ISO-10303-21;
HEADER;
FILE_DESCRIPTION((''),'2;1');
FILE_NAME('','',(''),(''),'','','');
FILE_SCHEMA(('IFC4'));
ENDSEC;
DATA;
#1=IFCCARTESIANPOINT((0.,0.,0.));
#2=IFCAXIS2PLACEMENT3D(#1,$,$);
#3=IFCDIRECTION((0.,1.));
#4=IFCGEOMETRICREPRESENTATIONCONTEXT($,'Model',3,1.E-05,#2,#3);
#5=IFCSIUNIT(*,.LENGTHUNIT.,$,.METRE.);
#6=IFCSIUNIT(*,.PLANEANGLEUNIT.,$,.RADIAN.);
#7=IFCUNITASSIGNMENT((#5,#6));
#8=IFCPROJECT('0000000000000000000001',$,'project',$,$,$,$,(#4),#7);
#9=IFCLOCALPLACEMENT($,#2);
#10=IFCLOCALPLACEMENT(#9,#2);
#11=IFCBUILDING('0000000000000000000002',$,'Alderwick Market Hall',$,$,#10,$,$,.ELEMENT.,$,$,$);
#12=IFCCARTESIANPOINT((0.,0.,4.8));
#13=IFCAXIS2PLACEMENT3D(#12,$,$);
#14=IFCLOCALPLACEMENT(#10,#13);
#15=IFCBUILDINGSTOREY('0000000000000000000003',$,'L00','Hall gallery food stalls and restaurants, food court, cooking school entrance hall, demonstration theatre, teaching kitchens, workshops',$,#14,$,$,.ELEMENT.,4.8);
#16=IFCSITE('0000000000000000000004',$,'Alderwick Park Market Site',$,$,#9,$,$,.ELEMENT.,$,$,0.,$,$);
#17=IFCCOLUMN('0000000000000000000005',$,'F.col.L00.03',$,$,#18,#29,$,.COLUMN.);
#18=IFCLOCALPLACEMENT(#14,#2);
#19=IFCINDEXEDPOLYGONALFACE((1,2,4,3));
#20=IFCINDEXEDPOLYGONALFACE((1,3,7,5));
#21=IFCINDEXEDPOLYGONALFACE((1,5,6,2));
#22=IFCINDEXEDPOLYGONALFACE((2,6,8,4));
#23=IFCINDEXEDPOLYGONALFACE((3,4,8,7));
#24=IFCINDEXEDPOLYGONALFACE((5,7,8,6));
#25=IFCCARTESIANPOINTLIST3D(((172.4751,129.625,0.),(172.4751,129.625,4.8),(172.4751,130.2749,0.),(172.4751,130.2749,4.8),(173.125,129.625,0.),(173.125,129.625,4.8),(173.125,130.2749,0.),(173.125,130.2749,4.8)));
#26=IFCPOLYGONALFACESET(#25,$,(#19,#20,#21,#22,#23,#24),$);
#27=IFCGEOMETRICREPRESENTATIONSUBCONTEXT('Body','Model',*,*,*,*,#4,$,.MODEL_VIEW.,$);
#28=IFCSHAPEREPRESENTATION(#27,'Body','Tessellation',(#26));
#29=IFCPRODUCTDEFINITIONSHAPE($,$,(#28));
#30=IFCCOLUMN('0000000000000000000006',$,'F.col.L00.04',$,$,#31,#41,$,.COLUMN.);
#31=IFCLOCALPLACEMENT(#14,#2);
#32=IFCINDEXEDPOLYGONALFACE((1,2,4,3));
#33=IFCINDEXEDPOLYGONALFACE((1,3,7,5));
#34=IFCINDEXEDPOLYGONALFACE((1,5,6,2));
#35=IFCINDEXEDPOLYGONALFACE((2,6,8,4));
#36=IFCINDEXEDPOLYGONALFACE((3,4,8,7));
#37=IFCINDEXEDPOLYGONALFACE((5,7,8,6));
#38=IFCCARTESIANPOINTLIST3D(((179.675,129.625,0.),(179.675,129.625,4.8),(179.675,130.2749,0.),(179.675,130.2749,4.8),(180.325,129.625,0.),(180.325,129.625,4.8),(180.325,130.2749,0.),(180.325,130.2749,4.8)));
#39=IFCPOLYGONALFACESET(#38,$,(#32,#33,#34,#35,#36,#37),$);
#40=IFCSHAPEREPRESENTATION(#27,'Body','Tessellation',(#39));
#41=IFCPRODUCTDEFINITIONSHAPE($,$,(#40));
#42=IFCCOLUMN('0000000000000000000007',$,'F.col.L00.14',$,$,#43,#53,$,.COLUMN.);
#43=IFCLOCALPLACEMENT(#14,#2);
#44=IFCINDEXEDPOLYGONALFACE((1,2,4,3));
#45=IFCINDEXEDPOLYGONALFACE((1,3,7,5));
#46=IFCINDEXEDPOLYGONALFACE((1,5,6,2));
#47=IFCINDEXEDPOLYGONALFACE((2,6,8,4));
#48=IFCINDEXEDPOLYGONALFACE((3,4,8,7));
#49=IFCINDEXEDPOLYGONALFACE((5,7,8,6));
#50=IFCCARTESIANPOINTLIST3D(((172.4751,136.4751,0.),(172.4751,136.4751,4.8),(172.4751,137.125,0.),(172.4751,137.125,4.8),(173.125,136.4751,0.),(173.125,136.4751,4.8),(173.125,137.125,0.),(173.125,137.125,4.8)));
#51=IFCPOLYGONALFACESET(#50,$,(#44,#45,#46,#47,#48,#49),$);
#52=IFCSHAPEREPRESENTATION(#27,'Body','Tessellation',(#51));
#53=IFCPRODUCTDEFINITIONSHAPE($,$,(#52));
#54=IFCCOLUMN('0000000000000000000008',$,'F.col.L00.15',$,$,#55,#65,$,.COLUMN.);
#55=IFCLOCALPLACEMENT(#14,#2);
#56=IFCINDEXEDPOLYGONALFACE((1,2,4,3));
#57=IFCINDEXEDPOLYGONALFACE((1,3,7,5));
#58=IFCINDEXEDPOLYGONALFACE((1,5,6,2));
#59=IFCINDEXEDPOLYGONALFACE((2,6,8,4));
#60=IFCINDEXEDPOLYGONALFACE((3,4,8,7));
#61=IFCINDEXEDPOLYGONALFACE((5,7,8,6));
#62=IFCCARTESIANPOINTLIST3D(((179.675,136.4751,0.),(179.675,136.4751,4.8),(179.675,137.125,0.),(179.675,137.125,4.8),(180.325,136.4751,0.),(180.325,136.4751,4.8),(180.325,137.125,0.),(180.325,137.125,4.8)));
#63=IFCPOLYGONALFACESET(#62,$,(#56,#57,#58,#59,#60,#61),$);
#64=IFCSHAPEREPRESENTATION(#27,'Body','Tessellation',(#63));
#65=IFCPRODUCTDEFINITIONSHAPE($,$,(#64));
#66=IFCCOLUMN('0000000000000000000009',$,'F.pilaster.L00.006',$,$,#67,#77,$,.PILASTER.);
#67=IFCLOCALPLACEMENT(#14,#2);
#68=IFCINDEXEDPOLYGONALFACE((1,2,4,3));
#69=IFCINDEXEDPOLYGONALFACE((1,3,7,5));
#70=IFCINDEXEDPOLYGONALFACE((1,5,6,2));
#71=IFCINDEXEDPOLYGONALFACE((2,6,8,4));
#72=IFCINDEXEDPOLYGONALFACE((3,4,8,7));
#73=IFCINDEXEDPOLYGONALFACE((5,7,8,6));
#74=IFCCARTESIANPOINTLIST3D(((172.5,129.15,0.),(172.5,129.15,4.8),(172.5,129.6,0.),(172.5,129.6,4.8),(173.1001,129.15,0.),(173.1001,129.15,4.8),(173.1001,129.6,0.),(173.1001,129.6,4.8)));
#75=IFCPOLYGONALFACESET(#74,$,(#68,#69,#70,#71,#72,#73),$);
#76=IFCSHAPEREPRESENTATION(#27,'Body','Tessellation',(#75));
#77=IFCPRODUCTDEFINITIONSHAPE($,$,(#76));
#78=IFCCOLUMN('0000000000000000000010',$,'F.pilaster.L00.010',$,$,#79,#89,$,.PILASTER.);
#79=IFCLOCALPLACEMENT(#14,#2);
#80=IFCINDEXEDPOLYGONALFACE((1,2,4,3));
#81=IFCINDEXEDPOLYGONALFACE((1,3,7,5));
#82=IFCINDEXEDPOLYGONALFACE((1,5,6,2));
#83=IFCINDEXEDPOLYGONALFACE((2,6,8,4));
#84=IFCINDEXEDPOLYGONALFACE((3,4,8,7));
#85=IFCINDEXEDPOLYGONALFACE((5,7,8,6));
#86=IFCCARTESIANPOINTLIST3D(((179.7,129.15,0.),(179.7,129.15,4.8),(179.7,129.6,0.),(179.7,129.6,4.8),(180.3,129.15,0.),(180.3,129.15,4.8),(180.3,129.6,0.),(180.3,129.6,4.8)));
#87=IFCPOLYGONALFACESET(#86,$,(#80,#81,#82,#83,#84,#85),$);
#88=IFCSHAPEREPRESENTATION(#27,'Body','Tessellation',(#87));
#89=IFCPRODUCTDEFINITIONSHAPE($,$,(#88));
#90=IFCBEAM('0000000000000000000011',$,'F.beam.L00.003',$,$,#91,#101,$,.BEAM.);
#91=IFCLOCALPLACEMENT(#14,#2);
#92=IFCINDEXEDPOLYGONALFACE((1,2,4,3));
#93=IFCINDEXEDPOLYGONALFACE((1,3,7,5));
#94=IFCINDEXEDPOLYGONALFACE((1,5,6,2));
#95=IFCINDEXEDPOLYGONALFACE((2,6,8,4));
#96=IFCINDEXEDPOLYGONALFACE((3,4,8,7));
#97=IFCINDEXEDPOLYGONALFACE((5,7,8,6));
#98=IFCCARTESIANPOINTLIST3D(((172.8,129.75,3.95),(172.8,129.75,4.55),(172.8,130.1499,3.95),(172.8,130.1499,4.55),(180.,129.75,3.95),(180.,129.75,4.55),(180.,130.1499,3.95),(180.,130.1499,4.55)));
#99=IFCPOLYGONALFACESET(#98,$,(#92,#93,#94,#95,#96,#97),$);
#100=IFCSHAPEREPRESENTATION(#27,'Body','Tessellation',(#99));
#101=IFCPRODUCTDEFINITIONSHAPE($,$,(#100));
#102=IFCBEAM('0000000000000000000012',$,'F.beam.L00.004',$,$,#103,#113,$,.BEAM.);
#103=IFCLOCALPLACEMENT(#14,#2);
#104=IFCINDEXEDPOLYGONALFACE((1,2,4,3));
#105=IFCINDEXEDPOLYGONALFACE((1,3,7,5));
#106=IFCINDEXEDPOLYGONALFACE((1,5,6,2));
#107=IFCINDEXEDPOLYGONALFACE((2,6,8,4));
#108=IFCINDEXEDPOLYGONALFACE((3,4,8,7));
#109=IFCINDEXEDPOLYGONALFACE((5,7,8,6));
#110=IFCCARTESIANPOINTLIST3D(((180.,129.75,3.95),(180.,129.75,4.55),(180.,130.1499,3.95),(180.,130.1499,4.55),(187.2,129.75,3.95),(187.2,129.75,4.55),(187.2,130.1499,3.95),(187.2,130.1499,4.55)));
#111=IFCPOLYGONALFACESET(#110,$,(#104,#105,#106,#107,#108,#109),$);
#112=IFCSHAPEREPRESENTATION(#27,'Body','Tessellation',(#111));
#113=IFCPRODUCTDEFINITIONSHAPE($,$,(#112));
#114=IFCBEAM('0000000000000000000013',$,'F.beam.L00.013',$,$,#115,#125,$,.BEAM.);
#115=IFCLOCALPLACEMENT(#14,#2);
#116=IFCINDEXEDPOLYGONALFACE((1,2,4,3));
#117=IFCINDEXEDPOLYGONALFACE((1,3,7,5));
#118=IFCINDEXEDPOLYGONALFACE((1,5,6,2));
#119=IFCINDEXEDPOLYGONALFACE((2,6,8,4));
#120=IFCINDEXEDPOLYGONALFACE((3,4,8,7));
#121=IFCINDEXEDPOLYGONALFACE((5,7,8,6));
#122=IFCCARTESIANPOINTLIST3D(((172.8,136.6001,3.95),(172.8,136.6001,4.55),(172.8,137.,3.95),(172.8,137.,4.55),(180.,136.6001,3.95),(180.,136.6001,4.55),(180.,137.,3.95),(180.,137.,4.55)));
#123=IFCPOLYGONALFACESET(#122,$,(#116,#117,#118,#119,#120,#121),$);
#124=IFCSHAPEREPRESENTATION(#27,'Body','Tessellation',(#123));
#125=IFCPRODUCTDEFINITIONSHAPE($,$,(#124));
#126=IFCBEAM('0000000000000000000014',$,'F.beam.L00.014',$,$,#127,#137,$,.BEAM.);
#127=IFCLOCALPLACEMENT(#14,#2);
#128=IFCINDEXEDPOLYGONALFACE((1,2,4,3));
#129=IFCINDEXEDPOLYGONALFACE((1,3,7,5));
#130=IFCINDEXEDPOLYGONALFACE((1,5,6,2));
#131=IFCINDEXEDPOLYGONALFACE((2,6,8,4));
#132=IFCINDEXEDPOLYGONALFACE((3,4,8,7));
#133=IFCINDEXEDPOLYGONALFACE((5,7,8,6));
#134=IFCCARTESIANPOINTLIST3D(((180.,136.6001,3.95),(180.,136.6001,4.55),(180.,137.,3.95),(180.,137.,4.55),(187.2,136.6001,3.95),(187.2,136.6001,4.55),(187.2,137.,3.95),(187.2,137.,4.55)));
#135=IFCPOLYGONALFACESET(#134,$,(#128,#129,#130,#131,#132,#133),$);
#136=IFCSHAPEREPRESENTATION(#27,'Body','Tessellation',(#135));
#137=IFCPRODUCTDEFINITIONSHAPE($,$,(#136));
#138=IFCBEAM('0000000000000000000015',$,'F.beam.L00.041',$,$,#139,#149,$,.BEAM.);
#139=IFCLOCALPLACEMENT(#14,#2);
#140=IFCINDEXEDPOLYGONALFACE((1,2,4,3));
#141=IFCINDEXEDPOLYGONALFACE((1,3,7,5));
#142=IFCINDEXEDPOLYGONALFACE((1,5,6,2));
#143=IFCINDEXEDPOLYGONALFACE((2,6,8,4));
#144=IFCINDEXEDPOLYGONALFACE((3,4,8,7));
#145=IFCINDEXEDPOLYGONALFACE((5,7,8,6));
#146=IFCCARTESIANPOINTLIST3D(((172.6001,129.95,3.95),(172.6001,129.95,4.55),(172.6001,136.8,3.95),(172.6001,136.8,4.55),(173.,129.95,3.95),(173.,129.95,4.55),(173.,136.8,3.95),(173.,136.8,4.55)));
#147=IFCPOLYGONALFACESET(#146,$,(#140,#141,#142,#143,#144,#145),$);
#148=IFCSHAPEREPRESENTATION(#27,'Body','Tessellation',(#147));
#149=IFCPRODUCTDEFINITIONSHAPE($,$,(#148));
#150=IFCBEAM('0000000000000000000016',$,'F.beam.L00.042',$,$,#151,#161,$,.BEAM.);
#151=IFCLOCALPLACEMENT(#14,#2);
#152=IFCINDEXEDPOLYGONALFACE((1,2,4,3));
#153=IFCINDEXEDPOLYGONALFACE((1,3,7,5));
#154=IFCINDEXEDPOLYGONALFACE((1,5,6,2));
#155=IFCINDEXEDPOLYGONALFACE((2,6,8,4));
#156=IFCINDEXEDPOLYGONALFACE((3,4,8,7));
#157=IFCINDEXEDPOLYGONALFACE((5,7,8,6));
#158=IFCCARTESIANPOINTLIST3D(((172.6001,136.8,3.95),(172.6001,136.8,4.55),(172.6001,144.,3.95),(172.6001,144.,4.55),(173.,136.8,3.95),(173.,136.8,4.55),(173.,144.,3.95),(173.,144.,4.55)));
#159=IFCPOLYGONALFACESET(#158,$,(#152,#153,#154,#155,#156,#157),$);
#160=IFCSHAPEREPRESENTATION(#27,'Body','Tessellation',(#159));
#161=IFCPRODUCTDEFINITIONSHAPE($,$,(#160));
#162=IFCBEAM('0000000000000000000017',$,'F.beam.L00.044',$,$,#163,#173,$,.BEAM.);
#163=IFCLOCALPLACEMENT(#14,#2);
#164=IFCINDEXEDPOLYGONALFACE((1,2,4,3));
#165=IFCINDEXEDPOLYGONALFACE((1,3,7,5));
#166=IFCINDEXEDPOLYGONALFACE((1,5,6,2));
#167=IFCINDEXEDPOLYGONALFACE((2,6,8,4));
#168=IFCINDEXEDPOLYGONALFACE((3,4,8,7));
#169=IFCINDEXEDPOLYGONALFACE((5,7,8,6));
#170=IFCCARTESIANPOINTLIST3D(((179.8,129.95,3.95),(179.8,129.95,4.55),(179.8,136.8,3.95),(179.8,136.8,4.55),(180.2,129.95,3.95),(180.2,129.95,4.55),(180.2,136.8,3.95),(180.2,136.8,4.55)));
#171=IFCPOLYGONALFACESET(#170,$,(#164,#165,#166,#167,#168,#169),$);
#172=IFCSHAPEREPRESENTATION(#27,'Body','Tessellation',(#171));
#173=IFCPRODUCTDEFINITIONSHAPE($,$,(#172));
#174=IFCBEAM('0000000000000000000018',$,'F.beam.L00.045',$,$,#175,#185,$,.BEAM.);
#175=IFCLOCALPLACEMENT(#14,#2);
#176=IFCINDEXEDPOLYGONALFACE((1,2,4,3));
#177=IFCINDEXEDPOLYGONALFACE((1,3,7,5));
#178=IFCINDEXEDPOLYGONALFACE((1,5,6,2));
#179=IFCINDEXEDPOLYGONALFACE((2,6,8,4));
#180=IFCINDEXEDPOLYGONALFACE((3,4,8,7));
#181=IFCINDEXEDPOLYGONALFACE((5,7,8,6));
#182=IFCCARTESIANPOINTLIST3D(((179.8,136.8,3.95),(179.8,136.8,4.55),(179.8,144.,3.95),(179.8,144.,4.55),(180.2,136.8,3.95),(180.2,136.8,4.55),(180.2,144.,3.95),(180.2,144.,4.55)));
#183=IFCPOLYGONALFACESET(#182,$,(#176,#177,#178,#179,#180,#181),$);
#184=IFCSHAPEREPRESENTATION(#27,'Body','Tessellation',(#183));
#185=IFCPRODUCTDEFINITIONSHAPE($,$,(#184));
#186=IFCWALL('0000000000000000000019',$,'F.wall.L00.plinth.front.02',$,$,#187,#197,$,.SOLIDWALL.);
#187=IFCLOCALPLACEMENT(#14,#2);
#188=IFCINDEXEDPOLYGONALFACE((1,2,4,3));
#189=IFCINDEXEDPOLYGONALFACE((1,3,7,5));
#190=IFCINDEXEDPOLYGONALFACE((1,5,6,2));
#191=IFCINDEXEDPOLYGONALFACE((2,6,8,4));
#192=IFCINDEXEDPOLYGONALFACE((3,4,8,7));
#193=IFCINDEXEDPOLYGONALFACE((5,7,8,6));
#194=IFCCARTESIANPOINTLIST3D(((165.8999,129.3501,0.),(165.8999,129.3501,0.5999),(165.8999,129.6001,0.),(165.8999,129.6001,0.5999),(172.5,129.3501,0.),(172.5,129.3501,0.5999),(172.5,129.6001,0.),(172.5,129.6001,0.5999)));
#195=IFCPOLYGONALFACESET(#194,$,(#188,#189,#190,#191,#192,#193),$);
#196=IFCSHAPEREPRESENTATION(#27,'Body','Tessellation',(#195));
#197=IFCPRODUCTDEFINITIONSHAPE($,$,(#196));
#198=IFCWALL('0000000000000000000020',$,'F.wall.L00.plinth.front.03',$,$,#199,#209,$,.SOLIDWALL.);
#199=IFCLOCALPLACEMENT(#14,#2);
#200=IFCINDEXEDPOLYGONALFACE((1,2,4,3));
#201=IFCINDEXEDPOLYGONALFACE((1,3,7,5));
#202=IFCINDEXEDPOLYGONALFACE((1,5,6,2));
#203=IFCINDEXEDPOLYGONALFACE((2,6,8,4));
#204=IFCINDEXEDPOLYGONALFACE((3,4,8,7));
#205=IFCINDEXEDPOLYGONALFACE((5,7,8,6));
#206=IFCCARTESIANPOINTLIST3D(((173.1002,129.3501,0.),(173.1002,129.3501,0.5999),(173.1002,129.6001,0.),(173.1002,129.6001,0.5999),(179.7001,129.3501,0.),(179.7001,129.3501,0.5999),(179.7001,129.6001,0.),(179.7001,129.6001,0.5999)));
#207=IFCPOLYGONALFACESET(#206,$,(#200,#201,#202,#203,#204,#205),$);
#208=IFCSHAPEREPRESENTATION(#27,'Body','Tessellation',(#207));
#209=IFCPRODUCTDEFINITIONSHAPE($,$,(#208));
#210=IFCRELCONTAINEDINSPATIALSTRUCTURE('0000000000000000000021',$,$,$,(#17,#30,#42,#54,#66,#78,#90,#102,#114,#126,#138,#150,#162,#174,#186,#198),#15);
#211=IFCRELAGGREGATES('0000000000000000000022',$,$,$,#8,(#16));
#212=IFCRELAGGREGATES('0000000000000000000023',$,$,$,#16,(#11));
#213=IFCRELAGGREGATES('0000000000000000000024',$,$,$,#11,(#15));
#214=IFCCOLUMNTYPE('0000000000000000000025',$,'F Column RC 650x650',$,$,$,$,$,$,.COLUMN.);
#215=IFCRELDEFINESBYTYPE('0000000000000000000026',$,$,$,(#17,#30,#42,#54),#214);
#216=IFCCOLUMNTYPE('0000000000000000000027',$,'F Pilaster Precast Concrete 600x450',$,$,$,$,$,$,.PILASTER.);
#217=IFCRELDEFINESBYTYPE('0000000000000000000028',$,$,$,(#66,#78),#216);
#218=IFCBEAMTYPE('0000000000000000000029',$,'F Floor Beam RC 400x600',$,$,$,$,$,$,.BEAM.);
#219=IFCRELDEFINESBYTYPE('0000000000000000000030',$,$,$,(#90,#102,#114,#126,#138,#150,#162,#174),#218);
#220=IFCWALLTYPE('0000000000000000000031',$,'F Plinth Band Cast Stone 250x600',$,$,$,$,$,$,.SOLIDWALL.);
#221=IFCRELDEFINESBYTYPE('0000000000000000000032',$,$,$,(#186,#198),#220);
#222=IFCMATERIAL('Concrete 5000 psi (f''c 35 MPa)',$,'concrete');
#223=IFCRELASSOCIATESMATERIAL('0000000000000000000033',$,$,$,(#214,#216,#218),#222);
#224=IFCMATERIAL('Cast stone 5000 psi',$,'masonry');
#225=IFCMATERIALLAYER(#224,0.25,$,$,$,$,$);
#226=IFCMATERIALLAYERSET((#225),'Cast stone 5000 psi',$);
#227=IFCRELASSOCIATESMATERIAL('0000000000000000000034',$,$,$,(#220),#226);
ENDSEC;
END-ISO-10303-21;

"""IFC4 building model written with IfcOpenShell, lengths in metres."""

from ifc_helpers import new_model, si_unit, direction, frame, frame_2d, origin, origin_2d, place, context, subcontext, project, spatial, rectangle, extrude, material, layer, layer_set, material_profile, profile_set, type_object, element, save


model = new_model("IFC4")

# Units and contexts
model_context = context("Model", 3, precision=1e-05, world=origin(), true_north=direction((0.0, 1.0)))
body_context = subcontext(model_context, "Body", "Model", "MODEL_VIEW")
ifc_project = project(units=[si_unit("LENGTHUNIT", "METRE"), si_unit("PLANEANGLEUNIT", "RADIAN")], contexts=[model_context])

# Site, building, storey
site_placement = place(None, origin())
site = spatial("IfcSite", under=ifc_project, at=site_placement, Name="Alderwick Park Market Site", CompositionType="ELEMENT", RefElevation=0.0)
building_placement = place(site_placement, origin())
building = spatial("IfcBuilding", under=site, at=building_placement, Name="Alderwick Market Hall", CompositionType="ELEMENT")
storey_placement = place(building_placement, frame((0.0, 0.0, 4.8)))
storey = spatial("IfcBuildingStorey", under=building, at=storey_placement, Name="L00", Description="Hall gallery food stalls and restaurants, food court, cooking school entrance hall, demonstration theatre, teaching kitchens, workshops", CompositionType="ELEMENT", Elevation=4.8)

# Columns
ifc_material_1 = material(Name="Concrete 5000 psi (f'c 35 MPa)", Category="concrete")
ifc_material_profile_1 = material_profile(ifc_material_1, rectangle(XDim=0.6499, YDim=0.6499, at=origin_2d()), Name="RC 650x650")
ifc_profile_set_1 = profile_set([ifc_material_profile_1], Name="Concrete 5000 psi (f'c 35 MPa)")
column_type_1 = type_object("IfcColumnType", Name="F Column RC 650x650", PredefinedType="COLUMN", material=ifc_profile_set_1)
for number, where, z_axis, x_axis, name in (
    (1, (172.8, 129.95, 0.0), (0.0, 0.0, 1.0), (1.0, 0.0, 0.0), "F.col.L00.03"),
    (2, (180.0, 129.95, 0.0), (0.0, 0.0, 1.0), (1.0, 0.0, 0.0), "F.col.L00.04"),
    (3, (172.8, 136.8, 0.0), (0.0, 0.0, 1.0), (1.0, 0.0, 0.0), "F.col.L00.14"),
    (4, (180.0, 136.8, 0.0), (0.0, 0.0, 1.0), (1.0, 0.0, 0.0), "F.col.L00.15"),
):
    element("IfcColumn", number, at=place(storey_placement, frame(where, z_axis=z_axis, x_axis=x_axis)), inside=storey, type_object=column_type_1, Name=name, PredefinedType="COLUMN", context=body_context, shape_type="SweptSolid", body=[
        extrude(rectangle(XDim=0.6499, YDim=0.6499, at=origin_2d()), origin(), (0.0, 0.0, 1.0), 4.8),
    ])
ifc_material_profile_2 = material_profile(ifc_material_1, rectangle(XDim=0.6001, YDim=0.45, at=origin_2d()), Name="PC 600x450")
ifc_profile_set_2 = profile_set([ifc_material_profile_2], Name="Concrete 5000 psi (f'c 35 MPa)")
column_type_2 = type_object("IfcColumnType", Name="F Pilaster Precast Concrete 600x450", PredefinedType="PILASTER", material=ifc_profile_set_2)
for number, where, z_axis, x_axis, name in (
    (5, (172.8, 129.375, 0.0), (0.0, 0.0, 1.0), (1.0, 0.0, 0.0), "F.pilaster.L00.006"),
    (6, (180.0, 129.375, 0.0), (0.0, 0.0, 1.0), (1.0, 0.0, 0.0), "F.pilaster.L00.010"),
):
    element("IfcColumn", number, at=place(storey_placement, frame(where, z_axis=z_axis, x_axis=x_axis)), inside=storey, type_object=column_type_2, Name=name, PredefinedType="PILASTER", context=body_context, shape_type="SweptSolid", body=[
        extrude(rectangle(XDim=0.6001, YDim=0.45, at=origin_2d()), origin(), (0.0, 0.0, 1.0), 4.8),
    ])

# Beams
ifc_material_profile_3 = material_profile(ifc_material_1, rectangle(XDim=0.3999, YDim=0.6001, at=origin_2d()), Name="RC 400x600")
ifc_profile_set_3 = profile_set([ifc_material_profile_3], Name="Concrete 5000 psi (f'c 35 MPa)")
beam_type = type_object("IfcBeamType", Name="F Floor Beam RC 400x600", PredefinedType="BEAM", material=ifc_profile_set_3)
for number, where, z_axis, x_axis, name in (
    (7, (172.8, 129.95, 4.25), (1.0, 0.0, 0.0), (0.0, 1.0, 0.0), "F.beam.L00.003"),
    (8, (180.0, 129.95, 4.25), (1.0, 0.0, 0.0), (0.0, 1.0, 0.0), "F.beam.L00.004"),
    (9, (172.8, 136.8, 4.25), (1.0, 0.0, 0.0), (0.0, 1.0, 0.0), "F.beam.L00.013"),
    (10, (180.0, 136.8, 4.25), (1.0, 0.0, 0.0), (0.0, 1.0, 0.0), "F.beam.L00.014"),
):
    element("IfcBeam", number, at=place(storey_placement, frame(where, z_axis=z_axis, x_axis=x_axis)), inside=storey, type_object=beam_type, Name=name, PredefinedType="BEAM", context=body_context, shape_type="SweptSolid", body=[
        extrude(rectangle(XDim=0.3999, YDim=0.6001, at=origin_2d()), origin(), (0.0, 0.0, 1.0), 7.2),
    ])
beam_1_placement = place(storey_placement, frame((172.8, 129.95, 4.25), z_axis=(0.0, 1.0, 0.0), x_axis=(-1.0, 0.0, 0.0)))
element("IfcBeam", 11, at=beam_1_placement, inside=storey, type_object=beam_type, Name="F.beam.L00.041", PredefinedType="BEAM", context=body_context, shape_type="SweptSolid", body=[
    extrude(rectangle(XDim=0.3999, YDim=0.6001, at=origin_2d()), origin(), (0.0, 0.0, 1.0), 6.8501),
])
beam_2_placement = place(storey_placement, frame((172.8, 136.8, 4.25), z_axis=(0.0, 1.0, 0.0), x_axis=(-1.0, 0.0, 0.0)))
element("IfcBeam", 12, at=beam_2_placement, inside=storey, type_object=beam_type, Name="F.beam.L00.042", PredefinedType="BEAM", context=body_context, shape_type="SweptSolid", body=[
    extrude(rectangle(XDim=0.3999, YDim=0.6001, at=origin_2d()), origin(), (0.0, 0.0, 1.0), 7.2),
])
beam_3_placement = place(storey_placement, frame((180.0, 129.95, 4.25), z_axis=(0.0, 1.0, 0.0), x_axis=(-1.0, 0.0, 0.0)))
element("IfcBeam", 13, at=beam_3_placement, inside=storey, type_object=beam_type, Name="F.beam.L00.044", PredefinedType="BEAM", context=body_context, shape_type="SweptSolid", body=[
    extrude(rectangle(XDim=0.3999, YDim=0.6001, at=origin_2d()), origin(), (0.0, 0.0, 1.0), 6.8501),
])
beam_4_placement = place(storey_placement, frame((180.0, 136.8, 4.25), z_axis=(0.0, 1.0, 0.0), x_axis=(-1.0, 0.0, 0.0)))
element("IfcBeam", 14, at=beam_4_placement, inside=storey, type_object=beam_type, Name="F.beam.L00.045", PredefinedType="BEAM", context=body_context, shape_type="SweptSolid", body=[
    extrude(rectangle(XDim=0.3999, YDim=0.6001, at=origin_2d()), origin(), (0.0, 0.0, 1.0), 7.2),
])

# Walls
ifc_material_2 = material(Name="Cast stone 5000 psi", Category="masonry")
ifc_layer_1 = layer(ifc_material_2, 0.25)
ifc_layer_set_1 = layer_set([ifc_layer_1], Name="Cast stone 5000 psi")
wall_type_1 = type_object("IfcWallType", Name="F Plinth Band Cast Stone 250x600", PredefinedType="SOLIDWALL", material=ifc_layer_set_1)
wall_1_placement = place(storey_placement, frame((172.5, 129.4751, 0.0), z_axis=(0.0, 0.0, 1.0), x_axis=(-1.0, 0.0, 0.0)))
element("IfcWall", 15, at=wall_1_placement, inside=storey, type_object=wall_type_1, Name="F.wall.L00.plinth.front.02", PredefinedType="SOLIDWALL", context=body_context, shape_type="SweptSolid", body=[
    extrude(rectangle(XDim=6.6001, YDim=0.25, at=frame_2d((3.3, 0.0))), origin(), (0.0, 0.0, 1.0), 0.5999),
])
wall_2_placement = place(storey_placement, frame((179.7, 129.4751, 0.0), z_axis=(0.0, 0.0, 1.0), x_axis=(-1.0, 0.0, 0.0)))
element("IfcWall", 16, at=wall_2_placement, inside=storey, type_object=wall_type_1, Name="F.wall.L00.plinth.front.03", PredefinedType="SOLIDWALL", context=body_context, shape_type="SweptSolid", body=[
    extrude(rectangle(XDim=6.5999, YDim=0.25, at=frame_2d((3.2998, 0.0))), origin(), (0.0, 0.0, 1.0), 0.5999),
])

save(model, "model.ifc")
